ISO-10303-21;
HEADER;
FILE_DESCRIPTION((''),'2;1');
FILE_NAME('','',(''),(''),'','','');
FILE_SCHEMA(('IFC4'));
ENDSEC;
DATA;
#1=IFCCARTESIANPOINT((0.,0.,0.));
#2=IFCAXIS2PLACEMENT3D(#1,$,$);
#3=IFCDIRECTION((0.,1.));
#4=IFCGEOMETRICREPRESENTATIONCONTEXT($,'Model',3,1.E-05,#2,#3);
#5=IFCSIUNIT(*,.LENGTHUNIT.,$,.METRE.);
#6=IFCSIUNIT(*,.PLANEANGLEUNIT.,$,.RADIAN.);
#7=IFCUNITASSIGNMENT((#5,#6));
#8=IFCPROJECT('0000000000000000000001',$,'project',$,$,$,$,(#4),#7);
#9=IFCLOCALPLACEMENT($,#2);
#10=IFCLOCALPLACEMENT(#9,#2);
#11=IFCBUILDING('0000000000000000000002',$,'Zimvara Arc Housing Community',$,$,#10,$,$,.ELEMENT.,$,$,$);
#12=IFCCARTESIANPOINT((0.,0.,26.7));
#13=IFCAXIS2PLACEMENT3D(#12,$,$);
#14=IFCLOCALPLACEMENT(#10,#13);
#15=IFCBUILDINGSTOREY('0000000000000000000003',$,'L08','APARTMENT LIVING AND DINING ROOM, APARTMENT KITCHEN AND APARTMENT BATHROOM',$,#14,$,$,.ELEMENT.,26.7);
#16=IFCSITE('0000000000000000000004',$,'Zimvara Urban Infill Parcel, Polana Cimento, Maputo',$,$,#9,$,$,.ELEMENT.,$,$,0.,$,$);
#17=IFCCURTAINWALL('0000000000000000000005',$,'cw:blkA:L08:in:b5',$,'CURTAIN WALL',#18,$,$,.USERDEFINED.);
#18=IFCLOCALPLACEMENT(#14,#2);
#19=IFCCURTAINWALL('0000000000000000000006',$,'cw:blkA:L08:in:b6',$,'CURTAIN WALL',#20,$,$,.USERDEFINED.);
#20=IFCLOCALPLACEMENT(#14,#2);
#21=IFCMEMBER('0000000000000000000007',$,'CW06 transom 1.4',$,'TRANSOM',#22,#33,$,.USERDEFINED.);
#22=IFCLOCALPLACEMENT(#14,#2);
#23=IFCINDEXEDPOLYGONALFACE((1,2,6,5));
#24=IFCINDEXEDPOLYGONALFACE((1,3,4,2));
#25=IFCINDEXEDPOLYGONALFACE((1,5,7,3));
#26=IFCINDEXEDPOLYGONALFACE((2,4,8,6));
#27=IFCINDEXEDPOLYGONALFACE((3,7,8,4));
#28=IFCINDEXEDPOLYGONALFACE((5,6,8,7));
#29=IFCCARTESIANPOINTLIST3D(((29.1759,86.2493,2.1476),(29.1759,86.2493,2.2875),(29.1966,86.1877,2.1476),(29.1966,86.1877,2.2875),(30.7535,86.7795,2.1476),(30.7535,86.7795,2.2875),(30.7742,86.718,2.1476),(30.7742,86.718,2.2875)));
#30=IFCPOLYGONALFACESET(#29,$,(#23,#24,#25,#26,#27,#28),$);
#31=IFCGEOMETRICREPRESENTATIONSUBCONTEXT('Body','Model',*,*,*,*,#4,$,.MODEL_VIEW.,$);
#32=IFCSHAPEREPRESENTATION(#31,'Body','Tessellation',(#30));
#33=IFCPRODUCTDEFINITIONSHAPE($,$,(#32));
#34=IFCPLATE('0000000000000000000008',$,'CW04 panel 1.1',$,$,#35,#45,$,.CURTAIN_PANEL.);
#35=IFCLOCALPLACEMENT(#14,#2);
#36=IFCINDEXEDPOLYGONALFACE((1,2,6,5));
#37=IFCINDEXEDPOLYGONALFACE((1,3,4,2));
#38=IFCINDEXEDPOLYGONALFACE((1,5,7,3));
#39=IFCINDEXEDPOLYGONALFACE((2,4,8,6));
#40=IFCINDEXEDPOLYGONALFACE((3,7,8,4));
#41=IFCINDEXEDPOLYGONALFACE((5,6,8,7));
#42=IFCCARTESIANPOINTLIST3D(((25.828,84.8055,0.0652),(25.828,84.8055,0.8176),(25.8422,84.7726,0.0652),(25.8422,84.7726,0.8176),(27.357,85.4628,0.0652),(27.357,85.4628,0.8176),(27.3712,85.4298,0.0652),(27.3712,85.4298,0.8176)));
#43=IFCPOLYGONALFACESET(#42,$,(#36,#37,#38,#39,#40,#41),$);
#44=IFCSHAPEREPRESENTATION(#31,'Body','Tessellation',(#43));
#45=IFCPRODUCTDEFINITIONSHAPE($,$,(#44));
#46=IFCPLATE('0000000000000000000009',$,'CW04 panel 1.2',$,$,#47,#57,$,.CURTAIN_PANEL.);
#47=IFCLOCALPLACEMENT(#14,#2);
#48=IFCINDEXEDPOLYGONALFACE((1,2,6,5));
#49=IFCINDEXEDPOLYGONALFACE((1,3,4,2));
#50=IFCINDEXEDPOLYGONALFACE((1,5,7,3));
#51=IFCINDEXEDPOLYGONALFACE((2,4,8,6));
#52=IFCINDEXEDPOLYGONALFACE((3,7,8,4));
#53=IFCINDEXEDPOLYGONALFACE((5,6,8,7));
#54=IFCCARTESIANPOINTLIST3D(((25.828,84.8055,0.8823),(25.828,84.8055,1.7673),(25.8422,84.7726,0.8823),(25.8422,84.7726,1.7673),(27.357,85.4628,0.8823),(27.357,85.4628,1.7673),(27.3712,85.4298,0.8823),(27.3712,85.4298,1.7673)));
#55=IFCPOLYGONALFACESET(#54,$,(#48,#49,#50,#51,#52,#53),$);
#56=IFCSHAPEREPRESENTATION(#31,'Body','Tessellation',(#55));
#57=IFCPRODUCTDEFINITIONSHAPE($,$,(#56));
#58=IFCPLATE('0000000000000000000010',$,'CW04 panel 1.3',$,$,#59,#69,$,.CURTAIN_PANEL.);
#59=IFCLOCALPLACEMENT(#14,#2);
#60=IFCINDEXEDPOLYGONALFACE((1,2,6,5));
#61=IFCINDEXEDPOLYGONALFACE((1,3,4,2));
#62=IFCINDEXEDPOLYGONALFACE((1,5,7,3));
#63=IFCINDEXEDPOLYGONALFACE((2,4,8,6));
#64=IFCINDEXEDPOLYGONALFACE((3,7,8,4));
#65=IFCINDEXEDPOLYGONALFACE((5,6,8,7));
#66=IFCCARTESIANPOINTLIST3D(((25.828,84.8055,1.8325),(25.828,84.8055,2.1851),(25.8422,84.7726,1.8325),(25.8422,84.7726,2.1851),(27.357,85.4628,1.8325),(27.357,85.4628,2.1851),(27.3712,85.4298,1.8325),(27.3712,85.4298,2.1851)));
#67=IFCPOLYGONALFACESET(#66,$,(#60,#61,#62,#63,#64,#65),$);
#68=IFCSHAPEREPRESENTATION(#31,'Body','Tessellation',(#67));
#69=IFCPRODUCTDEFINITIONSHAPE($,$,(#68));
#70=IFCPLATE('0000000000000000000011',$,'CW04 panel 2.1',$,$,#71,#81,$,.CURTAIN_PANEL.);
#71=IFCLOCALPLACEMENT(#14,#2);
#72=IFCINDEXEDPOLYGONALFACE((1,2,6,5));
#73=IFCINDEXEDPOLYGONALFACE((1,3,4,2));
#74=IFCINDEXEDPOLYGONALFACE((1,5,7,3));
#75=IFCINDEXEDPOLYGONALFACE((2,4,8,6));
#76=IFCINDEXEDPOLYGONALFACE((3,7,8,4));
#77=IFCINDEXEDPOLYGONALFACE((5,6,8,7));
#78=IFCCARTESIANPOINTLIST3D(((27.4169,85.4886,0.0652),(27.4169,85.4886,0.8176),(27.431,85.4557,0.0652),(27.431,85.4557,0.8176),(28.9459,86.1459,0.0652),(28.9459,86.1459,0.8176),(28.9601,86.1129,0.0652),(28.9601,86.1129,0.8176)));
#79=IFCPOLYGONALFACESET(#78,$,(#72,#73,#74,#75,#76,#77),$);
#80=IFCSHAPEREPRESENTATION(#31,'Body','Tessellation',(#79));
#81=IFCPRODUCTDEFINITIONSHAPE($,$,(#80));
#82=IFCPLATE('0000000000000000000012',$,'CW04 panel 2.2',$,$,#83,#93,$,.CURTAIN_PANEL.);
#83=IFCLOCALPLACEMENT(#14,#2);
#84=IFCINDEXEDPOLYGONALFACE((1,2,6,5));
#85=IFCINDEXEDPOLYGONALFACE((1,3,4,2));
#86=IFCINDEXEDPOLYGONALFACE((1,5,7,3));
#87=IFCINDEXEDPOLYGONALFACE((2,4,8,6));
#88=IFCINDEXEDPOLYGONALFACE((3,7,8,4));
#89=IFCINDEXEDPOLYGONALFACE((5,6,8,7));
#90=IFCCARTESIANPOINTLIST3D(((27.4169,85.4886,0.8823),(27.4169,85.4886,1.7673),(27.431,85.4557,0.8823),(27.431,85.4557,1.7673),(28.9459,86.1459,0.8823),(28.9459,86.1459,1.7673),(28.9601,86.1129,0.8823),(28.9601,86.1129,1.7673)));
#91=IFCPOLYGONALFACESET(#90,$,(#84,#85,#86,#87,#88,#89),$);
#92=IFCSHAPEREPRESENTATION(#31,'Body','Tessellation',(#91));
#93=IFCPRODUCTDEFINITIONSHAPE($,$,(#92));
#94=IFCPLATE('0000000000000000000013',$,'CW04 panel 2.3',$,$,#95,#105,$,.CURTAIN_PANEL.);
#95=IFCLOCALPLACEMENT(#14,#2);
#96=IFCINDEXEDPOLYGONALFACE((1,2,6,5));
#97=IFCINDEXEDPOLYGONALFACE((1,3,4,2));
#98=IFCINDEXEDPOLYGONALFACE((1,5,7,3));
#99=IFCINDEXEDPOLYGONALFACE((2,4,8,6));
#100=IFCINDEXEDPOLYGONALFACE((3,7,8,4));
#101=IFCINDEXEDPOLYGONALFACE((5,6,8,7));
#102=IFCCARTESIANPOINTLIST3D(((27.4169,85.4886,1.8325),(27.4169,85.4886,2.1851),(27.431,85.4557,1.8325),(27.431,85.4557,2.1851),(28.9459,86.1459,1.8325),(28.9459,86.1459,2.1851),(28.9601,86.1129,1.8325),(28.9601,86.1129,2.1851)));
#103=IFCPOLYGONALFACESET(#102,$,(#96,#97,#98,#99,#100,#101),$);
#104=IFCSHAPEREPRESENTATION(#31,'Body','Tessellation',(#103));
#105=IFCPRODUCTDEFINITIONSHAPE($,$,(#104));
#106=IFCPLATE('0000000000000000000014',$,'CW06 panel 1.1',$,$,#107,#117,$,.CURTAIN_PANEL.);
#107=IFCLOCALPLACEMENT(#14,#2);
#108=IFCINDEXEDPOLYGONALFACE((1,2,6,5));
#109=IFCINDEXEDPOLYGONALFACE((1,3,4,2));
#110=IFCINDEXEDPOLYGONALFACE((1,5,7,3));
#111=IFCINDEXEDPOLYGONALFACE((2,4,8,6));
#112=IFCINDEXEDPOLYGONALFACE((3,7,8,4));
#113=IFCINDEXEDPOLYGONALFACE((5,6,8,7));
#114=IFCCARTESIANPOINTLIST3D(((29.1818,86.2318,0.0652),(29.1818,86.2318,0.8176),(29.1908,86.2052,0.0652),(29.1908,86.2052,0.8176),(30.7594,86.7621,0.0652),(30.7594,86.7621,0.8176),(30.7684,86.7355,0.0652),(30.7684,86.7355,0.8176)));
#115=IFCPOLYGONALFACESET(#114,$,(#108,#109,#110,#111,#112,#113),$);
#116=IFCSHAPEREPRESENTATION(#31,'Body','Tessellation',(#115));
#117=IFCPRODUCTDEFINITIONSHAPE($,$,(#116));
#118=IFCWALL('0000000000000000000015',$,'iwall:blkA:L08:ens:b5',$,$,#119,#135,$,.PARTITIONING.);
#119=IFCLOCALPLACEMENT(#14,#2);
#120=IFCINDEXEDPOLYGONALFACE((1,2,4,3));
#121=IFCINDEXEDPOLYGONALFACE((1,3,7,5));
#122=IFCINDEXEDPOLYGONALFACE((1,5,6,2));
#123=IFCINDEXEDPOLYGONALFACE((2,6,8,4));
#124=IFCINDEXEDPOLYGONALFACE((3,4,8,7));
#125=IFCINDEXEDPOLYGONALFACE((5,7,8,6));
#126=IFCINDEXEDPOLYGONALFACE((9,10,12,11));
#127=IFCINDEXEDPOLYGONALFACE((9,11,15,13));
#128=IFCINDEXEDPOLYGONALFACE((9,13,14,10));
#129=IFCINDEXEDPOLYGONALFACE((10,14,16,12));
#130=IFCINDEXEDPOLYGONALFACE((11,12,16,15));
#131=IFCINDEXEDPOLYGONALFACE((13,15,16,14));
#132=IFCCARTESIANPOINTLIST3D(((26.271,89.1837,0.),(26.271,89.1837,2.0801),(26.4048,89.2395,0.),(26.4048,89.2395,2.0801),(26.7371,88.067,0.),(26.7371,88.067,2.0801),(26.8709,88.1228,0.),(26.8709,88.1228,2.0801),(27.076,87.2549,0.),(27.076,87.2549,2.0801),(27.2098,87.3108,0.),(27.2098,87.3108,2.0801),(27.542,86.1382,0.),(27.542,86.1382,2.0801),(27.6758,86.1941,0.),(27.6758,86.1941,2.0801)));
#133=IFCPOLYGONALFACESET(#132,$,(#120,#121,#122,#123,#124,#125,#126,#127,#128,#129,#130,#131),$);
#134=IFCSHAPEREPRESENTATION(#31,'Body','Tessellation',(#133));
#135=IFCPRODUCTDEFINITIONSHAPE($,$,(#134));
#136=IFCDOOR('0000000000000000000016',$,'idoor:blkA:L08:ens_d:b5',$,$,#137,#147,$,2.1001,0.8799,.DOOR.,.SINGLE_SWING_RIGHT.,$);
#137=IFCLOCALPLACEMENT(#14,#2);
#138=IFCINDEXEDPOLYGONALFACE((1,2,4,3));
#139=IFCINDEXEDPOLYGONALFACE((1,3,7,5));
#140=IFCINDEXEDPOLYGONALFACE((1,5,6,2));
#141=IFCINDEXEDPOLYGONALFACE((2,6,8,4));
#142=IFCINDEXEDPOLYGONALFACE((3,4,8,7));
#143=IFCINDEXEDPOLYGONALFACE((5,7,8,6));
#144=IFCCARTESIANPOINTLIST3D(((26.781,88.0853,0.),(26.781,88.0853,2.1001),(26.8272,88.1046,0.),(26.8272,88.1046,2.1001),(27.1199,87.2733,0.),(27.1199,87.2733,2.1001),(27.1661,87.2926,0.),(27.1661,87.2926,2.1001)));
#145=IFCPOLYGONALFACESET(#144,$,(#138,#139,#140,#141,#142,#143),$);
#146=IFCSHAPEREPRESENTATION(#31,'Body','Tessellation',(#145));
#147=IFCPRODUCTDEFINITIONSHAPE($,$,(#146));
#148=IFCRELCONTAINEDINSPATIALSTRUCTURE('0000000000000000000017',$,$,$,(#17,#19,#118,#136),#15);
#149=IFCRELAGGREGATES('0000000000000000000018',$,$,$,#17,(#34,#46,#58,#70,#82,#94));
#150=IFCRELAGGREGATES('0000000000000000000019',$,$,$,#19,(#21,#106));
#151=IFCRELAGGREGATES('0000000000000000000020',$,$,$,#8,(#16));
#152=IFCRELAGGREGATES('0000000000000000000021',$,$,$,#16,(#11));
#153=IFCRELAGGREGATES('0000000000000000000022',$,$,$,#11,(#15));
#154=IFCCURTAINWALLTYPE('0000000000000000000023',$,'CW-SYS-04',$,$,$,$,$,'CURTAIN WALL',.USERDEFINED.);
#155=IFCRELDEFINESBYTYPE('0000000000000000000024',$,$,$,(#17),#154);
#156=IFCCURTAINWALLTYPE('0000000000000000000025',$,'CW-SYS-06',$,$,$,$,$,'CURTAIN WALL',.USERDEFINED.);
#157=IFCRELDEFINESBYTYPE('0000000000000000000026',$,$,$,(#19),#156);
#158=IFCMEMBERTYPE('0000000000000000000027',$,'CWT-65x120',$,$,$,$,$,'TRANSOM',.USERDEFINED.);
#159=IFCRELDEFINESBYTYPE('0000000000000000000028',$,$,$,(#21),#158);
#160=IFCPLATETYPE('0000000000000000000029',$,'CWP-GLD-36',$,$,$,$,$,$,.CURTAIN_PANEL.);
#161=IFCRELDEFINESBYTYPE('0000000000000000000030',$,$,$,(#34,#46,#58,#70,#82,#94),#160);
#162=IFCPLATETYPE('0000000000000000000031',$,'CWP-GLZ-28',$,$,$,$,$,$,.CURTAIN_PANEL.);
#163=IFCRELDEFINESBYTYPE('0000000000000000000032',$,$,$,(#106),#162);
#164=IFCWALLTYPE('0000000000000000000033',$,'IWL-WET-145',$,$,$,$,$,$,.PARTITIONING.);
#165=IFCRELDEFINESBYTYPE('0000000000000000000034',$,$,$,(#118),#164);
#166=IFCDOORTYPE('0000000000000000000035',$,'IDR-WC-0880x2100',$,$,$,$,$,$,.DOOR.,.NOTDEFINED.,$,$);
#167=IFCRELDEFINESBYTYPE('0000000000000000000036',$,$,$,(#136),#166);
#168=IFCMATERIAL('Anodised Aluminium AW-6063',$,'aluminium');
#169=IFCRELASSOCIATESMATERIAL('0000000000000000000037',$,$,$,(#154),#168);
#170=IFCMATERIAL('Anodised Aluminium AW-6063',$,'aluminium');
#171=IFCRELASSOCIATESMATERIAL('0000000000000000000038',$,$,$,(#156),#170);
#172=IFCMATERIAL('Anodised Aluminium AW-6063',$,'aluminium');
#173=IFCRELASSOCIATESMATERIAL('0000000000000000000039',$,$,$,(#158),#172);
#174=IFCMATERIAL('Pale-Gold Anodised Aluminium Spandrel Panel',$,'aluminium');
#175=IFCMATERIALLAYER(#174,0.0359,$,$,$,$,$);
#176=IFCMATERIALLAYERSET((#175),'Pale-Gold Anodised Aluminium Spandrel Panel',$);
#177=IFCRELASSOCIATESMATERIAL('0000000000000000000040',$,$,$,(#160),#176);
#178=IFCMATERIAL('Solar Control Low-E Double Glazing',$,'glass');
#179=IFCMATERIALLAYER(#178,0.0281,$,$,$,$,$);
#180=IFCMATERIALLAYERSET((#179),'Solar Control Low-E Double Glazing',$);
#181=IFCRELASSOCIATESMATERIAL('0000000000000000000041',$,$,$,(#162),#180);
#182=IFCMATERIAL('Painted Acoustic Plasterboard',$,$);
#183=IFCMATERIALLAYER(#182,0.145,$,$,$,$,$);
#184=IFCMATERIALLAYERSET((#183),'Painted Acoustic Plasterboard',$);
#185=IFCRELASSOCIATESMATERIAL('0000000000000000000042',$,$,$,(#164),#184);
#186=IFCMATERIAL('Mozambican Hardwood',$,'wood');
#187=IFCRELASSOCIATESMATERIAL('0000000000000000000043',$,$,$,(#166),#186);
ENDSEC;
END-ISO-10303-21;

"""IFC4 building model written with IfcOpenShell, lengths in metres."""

from ifc_helpers import new_model, si_unit, direction, frame, frame_2d, origin, origin_2d, place, context, subcontext, project, spatial, rectangle, extrude, material, layer, layer_set, material_profile, profile_set, type_object, element, fill, aggregate, save


model = new_model("IFC4")

# Units and contexts
model_context = context("Model", 3, precision=1e-05, world=origin(), true_north=direction((0.0, 1.0)))
body_context = subcontext(model_context, "Body", "Model", "MODEL_VIEW")
ifc_project = project(units=[si_unit("LENGTHUNIT", "METRE"), si_unit("PLANEANGLEUNIT", "RADIAN")], contexts=[model_context])

# Site, building, storey
site_placement = place(None, origin())
site = spatial("IfcSite", under=ifc_project, at=site_placement, Name="Zimvara Urban Infill Parcel, Polana Cimento, Maputo", CompositionType="ELEMENT", RefElevation=0.0)
building_placement = place(site_placement, origin())
building = spatial("IfcBuilding", under=site, at=building_placement, Name="Zimvara Arc Housing Community", CompositionType="ELEMENT")
storey_placement = place(building_placement, frame((0.0, 0.0, 26.7)))
storey = spatial("IfcBuildingStorey", under=building, at=storey_placement, Name="L08", Description="APARTMENT LIVING AND DINING ROOM, APARTMENT KITCHEN AND APARTMENT BATHROOM", CompositionType="ELEMENT", Elevation=26.7)

# Curtain wall
ifc_material_1 = material(Name="Anodised Aluminium AW-6063", Category="aluminium")
curtain_wall_type_1 = type_object("IfcCurtainWallType", Name="CW-SYS-04", ElementType="CURTAIN WALL", PredefinedType="USERDEFINED", material=ifc_material_1)
curtain_wall_1_placement = place(storey_placement, origin())
curtain_wall_1 = element("IfcCurtainWall", 1, at=curtain_wall_1_placement, inside=storey, type_object=curtain_wall_type_1, Name="cw:blkA:L08:in:b5", ObjectType="CURTAIN WALL", PredefinedType="USERDEFINED")

# Curtain wall
ifc_material_2 = material(Name="Anodised Aluminium AW-6063", Category="aluminium")
curtain_wall_type_2 = type_object("IfcCurtainWallType", Name="CW-SYS-06", ElementType="CURTAIN WALL", PredefinedType="USERDEFINED", material=ifc_material_2)
curtain_wall_2_placement = place(storey_placement, origin())
curtain_wall_2 = element("IfcCurtainWall", 2, at=curtain_wall_2_placement, inside=storey, type_object=curtain_wall_type_2, Name="cw:blkA:L08:in:b6", ObjectType="CURTAIN WALL", PredefinedType="USERDEFINED")

# Member
ifc_material_3 = material(Name="Anodised Aluminium AW-6063", Category="aluminium")
ifc_material_profile_1 = material_profile(ifc_material_3, rectangle(XDim=0.0649, YDim=0.1399, at=origin_2d()), Name="ALU 65x140")
ifc_profile_set_1 = profile_set([ifc_material_profile_1], Name="Anodised Aluminium AW-6063")
member_type_1 = type_object("IfcMemberType", Name="CWT-65x120", ElementType="TRANSOM", PredefinedType="USERDEFINED", material=ifc_profile_set_1)
member_1_placement = place(storey_placement, frame((29.1863, 86.2185, 2.2175), z_axis=(0.947888, 0.318603, 0.0), x_axis=(-0.318603, 0.947888, 0.0)))
member_1 = element("IfcMember", 3, at=member_1_placement, type_object=member_type_1, Name="CW06 transom 1.4", ObjectType="TRANSOM", PredefinedType="USERDEFINED", context=body_context, shape_type="SweptSolid", body=[
    extrude(rectangle(XDim=0.0649, YDim=0.1399, at=origin_2d()), origin(), (0.0, 0.0, 1.0), 1.6643),
])

# Plates
ifc_material_4 = material(Name="Pale-Gold Anodised Aluminium Spandrel Panel", Category="aluminium")
ifc_layer_1 = layer(ifc_material_4, 0.0359)
ifc_layer_set_1 = layer_set([ifc_layer_1], Name="Pale-Gold Anodised Aluminium Spandrel Panel")
plate_type_1 = type_object("IfcPlateType", Name="CWP-GLD-36", PredefinedType="CURTAIN_PANEL", material=ifc_layer_set_1)
plate_1_placement = place(storey_placement, frame((26.5996, 85.1177, 0.0652), z_axis=(0.0, 0.0, 1.0), x_axis=(0.918722, 0.394904, 0.0)))
plate_1 = element("IfcPlate", 4, at=plate_1_placement, type_object=plate_type_1, Name="CW04 panel 1.1", PredefinedType="CURTAIN_PANEL", context=body_context, shape_type="SweptSolid", body=[
    extrude(rectangle(XDim=1.6643, YDim=0.0359, at=origin_2d()), origin(), (0.0, 0.0, 1.0), 0.7524),
])
plate_2_placement = place(storey_placement, frame((26.5996, 85.1177, 0.8823), z_axis=(0.0, 0.0, 1.0), x_axis=(0.918722, 0.394904, 0.0)))
plate_2 = element("IfcPlate", 5, at=plate_2_placement, type_object=plate_type_1, Name="CW04 panel 1.2", PredefinedType="CURTAIN_PANEL", context=body_context, shape_type="SweptSolid", body=[
    extrude(rectangle(XDim=1.6643, YDim=0.0359, at=origin_2d()), origin(), (0.0, 0.0, 1.0), 0.885),
])
plate_3_placement = place(storey_placement, frame((26.5996, 85.1177, 1.8325), z_axis=(0.0, 0.0, 1.0), x_axis=(0.918722, 0.394904, 0.0)))
plate_3 = element("IfcPlate", 6, at=plate_3_placement, type_object=plate_type_1, Name="CW04 panel 1.3", PredefinedType="CURTAIN_PANEL", context=body_context, shape_type="SweptSolid", body=[
    extrude(rectangle(XDim=1.6643, YDim=0.0359, at=origin_2d()), origin(), (0.0, 0.0, 1.0), 0.3525),
])
plate_4_placement = place(storey_placement, frame((28.1885, 85.8008, 0.0652), z_axis=(0.0, 0.0, 1.0), x_axis=(0.918722, 0.394904, 0.0)))
plate_4 = element("IfcPlate", 7, at=plate_4_placement, type_object=plate_type_1, Name="CW04 panel 2.1", PredefinedType="CURTAIN_PANEL", context=body_context, shape_type="SweptSolid", body=[
    extrude(rectangle(XDim=1.6643, YDim=0.0359, at=origin_2d()), origin(), (0.0, 0.0, 1.0), 0.7524),
])
plate_5_placement = place(storey_placement, frame((28.1885, 85.8008, 0.8823), z_axis=(0.0, 0.0, 1.0), x_axis=(0.918722, 0.394904, 0.0)))
plate_5 = element("IfcPlate", 8, at=plate_5_placement, type_object=plate_type_1, Name="CW04 panel 2.2", PredefinedType="CURTAIN_PANEL", context=body_context, shape_type="SweptSolid", body=[
    extrude(rectangle(XDim=1.6643, YDim=0.0359, at=origin_2d()), origin(), (0.0, 0.0, 1.0), 0.885),
])
plate_6_placement = place(storey_placement, frame((28.1885, 85.8008, 1.8325), z_axis=(0.0, 0.0, 1.0), x_axis=(0.918722, 0.394904, 0.0)))
plate_6 = element("IfcPlate", 9, at=plate_6_placement, type_object=plate_type_1, Name="CW04 panel 2.3", PredefinedType="CURTAIN_PANEL", context=body_context, shape_type="SweptSolid", body=[
    extrude(rectangle(XDim=1.6643, YDim=0.0359, at=origin_2d()), origin(), (0.0, 0.0, 1.0), 0.3525),
])
aggregate(curtain_wall_1, [plate_1, plate_2, plate_3, plate_4, plate_5, plate_6])
ifc_material_5 = material(Name="Solar Control Low-E Double Glazing", Category="glass")
ifc_layer_2 = layer(ifc_material_5, 0.0281)
ifc_layer_set_2 = layer_set([ifc_layer_2], Name="Solar Control Low-E Double Glazing")
plate_type_2 = type_object("IfcPlateType", Name="CWP-GLZ-28", PredefinedType="CURTAIN_PANEL", material=ifc_layer_set_2)
plate_7_placement = place(storey_placement, frame((29.9751, 86.4836, 0.0652), z_axis=(0.0, 0.0, 1.0), x_axis=(0.947879, 0.31863, 0.0)))
plate_7 = element("IfcPlate", 10, at=plate_7_placement, type_object=plate_type_2, Name="CW06 panel 1.1", PredefinedType="CURTAIN_PANEL", context=body_context, shape_type="SweptSolid", body=[
    extrude(rectangle(XDim=1.6643, YDim=0.0281, at=origin_2d()), origin(), (0.0, 0.0, 1.0), 0.7524),
])
aggregate(curtain_wall_2, [member_1, plate_7])

# Wall, opening, door
ifc_material_6 = material(Name="Painted Acoustic Plasterboard")
ifc_layer_3 = layer(ifc_material_6, 0.145)
ifc_layer_set_3 = layer_set([ifc_layer_3], Name="Painted Acoustic Plasterboard")
wall_type = type_object("IfcWallType", Name="IWL-WET-145", PredefinedType="PARTITIONING", material=ifc_layer_set_3)
wall_placement = place(storey_placement, frame((27.6089, 86.1663, 0.0), z_axis=(0.0, 0.0, 1.0), x_axis=(-0.385151, 0.922854, 0.0)))
wall = element("IfcWall", 11, at=wall_placement, inside=storey, type_object=wall_type, Name="iwall:blkA:L08:ens:b5", PredefinedType="PARTITIONING", context=body_context, shape_type="SweptSolid", body=[
    extrude(rectangle(XDim=3.3, YDim=0.145, at=frame_2d((1.6499, 0.0))), origin(), (0.0, 0.0, 1.0), 2.0801),
])
opening_placement = place(wall_placement, frame((1.21, 0.0, 0.0)))
opening = element("IfcOpeningElement", 12, at=opening_placement, cuts=wall, PredefinedType="OPENING", context=body_context, shape_type="SweptSolid", body=[
    extrude(rectangle(XDim=0.8799, YDim=2.1001, at=frame_2d((0.4399, 1.05))), frame((0.0, 0.0825, 0.0), z_axis=(0.0, -1.0, 0.0), x_axis=(1.0, 0.0, 0.0)), (0.0, 0.0, 1.0), 0.165),
])
ifc_material_7 = material(Name="Mozambican Hardwood", Category="wood")
door_type = type_object("IfcDoorType", Name="IDR-WC-0880x2100", OperationType="NOTDEFINED", PredefinedType="DOOR", material=ifc_material_7)
door_placement = place(opening_placement, origin())
door = element("IfcDoor", 13, at=door_placement, inside=storey, type_object=door_type, Name="idoor:blkA:L08:ens_d:b5", OperationType="SINGLE_SWING_RIGHT", OverallHeight=2.1001, OverallWidth=0.8799, PredefinedType="DOOR", context=body_context, shape_type="SweptSolid", body=[
    extrude(rectangle(XDim=0.8799, YDim=2.1001, at=frame_2d((0.4399, 1.05))), frame((0.0, 0.0249, 0.0), z_axis=(0.0, -1.0, 0.0), x_axis=(1.0, 0.0, 0.0)), (0.0, 0.0, 1.0), 0.05),
])
fill(opening, door)

save(model, "model.ifc")
